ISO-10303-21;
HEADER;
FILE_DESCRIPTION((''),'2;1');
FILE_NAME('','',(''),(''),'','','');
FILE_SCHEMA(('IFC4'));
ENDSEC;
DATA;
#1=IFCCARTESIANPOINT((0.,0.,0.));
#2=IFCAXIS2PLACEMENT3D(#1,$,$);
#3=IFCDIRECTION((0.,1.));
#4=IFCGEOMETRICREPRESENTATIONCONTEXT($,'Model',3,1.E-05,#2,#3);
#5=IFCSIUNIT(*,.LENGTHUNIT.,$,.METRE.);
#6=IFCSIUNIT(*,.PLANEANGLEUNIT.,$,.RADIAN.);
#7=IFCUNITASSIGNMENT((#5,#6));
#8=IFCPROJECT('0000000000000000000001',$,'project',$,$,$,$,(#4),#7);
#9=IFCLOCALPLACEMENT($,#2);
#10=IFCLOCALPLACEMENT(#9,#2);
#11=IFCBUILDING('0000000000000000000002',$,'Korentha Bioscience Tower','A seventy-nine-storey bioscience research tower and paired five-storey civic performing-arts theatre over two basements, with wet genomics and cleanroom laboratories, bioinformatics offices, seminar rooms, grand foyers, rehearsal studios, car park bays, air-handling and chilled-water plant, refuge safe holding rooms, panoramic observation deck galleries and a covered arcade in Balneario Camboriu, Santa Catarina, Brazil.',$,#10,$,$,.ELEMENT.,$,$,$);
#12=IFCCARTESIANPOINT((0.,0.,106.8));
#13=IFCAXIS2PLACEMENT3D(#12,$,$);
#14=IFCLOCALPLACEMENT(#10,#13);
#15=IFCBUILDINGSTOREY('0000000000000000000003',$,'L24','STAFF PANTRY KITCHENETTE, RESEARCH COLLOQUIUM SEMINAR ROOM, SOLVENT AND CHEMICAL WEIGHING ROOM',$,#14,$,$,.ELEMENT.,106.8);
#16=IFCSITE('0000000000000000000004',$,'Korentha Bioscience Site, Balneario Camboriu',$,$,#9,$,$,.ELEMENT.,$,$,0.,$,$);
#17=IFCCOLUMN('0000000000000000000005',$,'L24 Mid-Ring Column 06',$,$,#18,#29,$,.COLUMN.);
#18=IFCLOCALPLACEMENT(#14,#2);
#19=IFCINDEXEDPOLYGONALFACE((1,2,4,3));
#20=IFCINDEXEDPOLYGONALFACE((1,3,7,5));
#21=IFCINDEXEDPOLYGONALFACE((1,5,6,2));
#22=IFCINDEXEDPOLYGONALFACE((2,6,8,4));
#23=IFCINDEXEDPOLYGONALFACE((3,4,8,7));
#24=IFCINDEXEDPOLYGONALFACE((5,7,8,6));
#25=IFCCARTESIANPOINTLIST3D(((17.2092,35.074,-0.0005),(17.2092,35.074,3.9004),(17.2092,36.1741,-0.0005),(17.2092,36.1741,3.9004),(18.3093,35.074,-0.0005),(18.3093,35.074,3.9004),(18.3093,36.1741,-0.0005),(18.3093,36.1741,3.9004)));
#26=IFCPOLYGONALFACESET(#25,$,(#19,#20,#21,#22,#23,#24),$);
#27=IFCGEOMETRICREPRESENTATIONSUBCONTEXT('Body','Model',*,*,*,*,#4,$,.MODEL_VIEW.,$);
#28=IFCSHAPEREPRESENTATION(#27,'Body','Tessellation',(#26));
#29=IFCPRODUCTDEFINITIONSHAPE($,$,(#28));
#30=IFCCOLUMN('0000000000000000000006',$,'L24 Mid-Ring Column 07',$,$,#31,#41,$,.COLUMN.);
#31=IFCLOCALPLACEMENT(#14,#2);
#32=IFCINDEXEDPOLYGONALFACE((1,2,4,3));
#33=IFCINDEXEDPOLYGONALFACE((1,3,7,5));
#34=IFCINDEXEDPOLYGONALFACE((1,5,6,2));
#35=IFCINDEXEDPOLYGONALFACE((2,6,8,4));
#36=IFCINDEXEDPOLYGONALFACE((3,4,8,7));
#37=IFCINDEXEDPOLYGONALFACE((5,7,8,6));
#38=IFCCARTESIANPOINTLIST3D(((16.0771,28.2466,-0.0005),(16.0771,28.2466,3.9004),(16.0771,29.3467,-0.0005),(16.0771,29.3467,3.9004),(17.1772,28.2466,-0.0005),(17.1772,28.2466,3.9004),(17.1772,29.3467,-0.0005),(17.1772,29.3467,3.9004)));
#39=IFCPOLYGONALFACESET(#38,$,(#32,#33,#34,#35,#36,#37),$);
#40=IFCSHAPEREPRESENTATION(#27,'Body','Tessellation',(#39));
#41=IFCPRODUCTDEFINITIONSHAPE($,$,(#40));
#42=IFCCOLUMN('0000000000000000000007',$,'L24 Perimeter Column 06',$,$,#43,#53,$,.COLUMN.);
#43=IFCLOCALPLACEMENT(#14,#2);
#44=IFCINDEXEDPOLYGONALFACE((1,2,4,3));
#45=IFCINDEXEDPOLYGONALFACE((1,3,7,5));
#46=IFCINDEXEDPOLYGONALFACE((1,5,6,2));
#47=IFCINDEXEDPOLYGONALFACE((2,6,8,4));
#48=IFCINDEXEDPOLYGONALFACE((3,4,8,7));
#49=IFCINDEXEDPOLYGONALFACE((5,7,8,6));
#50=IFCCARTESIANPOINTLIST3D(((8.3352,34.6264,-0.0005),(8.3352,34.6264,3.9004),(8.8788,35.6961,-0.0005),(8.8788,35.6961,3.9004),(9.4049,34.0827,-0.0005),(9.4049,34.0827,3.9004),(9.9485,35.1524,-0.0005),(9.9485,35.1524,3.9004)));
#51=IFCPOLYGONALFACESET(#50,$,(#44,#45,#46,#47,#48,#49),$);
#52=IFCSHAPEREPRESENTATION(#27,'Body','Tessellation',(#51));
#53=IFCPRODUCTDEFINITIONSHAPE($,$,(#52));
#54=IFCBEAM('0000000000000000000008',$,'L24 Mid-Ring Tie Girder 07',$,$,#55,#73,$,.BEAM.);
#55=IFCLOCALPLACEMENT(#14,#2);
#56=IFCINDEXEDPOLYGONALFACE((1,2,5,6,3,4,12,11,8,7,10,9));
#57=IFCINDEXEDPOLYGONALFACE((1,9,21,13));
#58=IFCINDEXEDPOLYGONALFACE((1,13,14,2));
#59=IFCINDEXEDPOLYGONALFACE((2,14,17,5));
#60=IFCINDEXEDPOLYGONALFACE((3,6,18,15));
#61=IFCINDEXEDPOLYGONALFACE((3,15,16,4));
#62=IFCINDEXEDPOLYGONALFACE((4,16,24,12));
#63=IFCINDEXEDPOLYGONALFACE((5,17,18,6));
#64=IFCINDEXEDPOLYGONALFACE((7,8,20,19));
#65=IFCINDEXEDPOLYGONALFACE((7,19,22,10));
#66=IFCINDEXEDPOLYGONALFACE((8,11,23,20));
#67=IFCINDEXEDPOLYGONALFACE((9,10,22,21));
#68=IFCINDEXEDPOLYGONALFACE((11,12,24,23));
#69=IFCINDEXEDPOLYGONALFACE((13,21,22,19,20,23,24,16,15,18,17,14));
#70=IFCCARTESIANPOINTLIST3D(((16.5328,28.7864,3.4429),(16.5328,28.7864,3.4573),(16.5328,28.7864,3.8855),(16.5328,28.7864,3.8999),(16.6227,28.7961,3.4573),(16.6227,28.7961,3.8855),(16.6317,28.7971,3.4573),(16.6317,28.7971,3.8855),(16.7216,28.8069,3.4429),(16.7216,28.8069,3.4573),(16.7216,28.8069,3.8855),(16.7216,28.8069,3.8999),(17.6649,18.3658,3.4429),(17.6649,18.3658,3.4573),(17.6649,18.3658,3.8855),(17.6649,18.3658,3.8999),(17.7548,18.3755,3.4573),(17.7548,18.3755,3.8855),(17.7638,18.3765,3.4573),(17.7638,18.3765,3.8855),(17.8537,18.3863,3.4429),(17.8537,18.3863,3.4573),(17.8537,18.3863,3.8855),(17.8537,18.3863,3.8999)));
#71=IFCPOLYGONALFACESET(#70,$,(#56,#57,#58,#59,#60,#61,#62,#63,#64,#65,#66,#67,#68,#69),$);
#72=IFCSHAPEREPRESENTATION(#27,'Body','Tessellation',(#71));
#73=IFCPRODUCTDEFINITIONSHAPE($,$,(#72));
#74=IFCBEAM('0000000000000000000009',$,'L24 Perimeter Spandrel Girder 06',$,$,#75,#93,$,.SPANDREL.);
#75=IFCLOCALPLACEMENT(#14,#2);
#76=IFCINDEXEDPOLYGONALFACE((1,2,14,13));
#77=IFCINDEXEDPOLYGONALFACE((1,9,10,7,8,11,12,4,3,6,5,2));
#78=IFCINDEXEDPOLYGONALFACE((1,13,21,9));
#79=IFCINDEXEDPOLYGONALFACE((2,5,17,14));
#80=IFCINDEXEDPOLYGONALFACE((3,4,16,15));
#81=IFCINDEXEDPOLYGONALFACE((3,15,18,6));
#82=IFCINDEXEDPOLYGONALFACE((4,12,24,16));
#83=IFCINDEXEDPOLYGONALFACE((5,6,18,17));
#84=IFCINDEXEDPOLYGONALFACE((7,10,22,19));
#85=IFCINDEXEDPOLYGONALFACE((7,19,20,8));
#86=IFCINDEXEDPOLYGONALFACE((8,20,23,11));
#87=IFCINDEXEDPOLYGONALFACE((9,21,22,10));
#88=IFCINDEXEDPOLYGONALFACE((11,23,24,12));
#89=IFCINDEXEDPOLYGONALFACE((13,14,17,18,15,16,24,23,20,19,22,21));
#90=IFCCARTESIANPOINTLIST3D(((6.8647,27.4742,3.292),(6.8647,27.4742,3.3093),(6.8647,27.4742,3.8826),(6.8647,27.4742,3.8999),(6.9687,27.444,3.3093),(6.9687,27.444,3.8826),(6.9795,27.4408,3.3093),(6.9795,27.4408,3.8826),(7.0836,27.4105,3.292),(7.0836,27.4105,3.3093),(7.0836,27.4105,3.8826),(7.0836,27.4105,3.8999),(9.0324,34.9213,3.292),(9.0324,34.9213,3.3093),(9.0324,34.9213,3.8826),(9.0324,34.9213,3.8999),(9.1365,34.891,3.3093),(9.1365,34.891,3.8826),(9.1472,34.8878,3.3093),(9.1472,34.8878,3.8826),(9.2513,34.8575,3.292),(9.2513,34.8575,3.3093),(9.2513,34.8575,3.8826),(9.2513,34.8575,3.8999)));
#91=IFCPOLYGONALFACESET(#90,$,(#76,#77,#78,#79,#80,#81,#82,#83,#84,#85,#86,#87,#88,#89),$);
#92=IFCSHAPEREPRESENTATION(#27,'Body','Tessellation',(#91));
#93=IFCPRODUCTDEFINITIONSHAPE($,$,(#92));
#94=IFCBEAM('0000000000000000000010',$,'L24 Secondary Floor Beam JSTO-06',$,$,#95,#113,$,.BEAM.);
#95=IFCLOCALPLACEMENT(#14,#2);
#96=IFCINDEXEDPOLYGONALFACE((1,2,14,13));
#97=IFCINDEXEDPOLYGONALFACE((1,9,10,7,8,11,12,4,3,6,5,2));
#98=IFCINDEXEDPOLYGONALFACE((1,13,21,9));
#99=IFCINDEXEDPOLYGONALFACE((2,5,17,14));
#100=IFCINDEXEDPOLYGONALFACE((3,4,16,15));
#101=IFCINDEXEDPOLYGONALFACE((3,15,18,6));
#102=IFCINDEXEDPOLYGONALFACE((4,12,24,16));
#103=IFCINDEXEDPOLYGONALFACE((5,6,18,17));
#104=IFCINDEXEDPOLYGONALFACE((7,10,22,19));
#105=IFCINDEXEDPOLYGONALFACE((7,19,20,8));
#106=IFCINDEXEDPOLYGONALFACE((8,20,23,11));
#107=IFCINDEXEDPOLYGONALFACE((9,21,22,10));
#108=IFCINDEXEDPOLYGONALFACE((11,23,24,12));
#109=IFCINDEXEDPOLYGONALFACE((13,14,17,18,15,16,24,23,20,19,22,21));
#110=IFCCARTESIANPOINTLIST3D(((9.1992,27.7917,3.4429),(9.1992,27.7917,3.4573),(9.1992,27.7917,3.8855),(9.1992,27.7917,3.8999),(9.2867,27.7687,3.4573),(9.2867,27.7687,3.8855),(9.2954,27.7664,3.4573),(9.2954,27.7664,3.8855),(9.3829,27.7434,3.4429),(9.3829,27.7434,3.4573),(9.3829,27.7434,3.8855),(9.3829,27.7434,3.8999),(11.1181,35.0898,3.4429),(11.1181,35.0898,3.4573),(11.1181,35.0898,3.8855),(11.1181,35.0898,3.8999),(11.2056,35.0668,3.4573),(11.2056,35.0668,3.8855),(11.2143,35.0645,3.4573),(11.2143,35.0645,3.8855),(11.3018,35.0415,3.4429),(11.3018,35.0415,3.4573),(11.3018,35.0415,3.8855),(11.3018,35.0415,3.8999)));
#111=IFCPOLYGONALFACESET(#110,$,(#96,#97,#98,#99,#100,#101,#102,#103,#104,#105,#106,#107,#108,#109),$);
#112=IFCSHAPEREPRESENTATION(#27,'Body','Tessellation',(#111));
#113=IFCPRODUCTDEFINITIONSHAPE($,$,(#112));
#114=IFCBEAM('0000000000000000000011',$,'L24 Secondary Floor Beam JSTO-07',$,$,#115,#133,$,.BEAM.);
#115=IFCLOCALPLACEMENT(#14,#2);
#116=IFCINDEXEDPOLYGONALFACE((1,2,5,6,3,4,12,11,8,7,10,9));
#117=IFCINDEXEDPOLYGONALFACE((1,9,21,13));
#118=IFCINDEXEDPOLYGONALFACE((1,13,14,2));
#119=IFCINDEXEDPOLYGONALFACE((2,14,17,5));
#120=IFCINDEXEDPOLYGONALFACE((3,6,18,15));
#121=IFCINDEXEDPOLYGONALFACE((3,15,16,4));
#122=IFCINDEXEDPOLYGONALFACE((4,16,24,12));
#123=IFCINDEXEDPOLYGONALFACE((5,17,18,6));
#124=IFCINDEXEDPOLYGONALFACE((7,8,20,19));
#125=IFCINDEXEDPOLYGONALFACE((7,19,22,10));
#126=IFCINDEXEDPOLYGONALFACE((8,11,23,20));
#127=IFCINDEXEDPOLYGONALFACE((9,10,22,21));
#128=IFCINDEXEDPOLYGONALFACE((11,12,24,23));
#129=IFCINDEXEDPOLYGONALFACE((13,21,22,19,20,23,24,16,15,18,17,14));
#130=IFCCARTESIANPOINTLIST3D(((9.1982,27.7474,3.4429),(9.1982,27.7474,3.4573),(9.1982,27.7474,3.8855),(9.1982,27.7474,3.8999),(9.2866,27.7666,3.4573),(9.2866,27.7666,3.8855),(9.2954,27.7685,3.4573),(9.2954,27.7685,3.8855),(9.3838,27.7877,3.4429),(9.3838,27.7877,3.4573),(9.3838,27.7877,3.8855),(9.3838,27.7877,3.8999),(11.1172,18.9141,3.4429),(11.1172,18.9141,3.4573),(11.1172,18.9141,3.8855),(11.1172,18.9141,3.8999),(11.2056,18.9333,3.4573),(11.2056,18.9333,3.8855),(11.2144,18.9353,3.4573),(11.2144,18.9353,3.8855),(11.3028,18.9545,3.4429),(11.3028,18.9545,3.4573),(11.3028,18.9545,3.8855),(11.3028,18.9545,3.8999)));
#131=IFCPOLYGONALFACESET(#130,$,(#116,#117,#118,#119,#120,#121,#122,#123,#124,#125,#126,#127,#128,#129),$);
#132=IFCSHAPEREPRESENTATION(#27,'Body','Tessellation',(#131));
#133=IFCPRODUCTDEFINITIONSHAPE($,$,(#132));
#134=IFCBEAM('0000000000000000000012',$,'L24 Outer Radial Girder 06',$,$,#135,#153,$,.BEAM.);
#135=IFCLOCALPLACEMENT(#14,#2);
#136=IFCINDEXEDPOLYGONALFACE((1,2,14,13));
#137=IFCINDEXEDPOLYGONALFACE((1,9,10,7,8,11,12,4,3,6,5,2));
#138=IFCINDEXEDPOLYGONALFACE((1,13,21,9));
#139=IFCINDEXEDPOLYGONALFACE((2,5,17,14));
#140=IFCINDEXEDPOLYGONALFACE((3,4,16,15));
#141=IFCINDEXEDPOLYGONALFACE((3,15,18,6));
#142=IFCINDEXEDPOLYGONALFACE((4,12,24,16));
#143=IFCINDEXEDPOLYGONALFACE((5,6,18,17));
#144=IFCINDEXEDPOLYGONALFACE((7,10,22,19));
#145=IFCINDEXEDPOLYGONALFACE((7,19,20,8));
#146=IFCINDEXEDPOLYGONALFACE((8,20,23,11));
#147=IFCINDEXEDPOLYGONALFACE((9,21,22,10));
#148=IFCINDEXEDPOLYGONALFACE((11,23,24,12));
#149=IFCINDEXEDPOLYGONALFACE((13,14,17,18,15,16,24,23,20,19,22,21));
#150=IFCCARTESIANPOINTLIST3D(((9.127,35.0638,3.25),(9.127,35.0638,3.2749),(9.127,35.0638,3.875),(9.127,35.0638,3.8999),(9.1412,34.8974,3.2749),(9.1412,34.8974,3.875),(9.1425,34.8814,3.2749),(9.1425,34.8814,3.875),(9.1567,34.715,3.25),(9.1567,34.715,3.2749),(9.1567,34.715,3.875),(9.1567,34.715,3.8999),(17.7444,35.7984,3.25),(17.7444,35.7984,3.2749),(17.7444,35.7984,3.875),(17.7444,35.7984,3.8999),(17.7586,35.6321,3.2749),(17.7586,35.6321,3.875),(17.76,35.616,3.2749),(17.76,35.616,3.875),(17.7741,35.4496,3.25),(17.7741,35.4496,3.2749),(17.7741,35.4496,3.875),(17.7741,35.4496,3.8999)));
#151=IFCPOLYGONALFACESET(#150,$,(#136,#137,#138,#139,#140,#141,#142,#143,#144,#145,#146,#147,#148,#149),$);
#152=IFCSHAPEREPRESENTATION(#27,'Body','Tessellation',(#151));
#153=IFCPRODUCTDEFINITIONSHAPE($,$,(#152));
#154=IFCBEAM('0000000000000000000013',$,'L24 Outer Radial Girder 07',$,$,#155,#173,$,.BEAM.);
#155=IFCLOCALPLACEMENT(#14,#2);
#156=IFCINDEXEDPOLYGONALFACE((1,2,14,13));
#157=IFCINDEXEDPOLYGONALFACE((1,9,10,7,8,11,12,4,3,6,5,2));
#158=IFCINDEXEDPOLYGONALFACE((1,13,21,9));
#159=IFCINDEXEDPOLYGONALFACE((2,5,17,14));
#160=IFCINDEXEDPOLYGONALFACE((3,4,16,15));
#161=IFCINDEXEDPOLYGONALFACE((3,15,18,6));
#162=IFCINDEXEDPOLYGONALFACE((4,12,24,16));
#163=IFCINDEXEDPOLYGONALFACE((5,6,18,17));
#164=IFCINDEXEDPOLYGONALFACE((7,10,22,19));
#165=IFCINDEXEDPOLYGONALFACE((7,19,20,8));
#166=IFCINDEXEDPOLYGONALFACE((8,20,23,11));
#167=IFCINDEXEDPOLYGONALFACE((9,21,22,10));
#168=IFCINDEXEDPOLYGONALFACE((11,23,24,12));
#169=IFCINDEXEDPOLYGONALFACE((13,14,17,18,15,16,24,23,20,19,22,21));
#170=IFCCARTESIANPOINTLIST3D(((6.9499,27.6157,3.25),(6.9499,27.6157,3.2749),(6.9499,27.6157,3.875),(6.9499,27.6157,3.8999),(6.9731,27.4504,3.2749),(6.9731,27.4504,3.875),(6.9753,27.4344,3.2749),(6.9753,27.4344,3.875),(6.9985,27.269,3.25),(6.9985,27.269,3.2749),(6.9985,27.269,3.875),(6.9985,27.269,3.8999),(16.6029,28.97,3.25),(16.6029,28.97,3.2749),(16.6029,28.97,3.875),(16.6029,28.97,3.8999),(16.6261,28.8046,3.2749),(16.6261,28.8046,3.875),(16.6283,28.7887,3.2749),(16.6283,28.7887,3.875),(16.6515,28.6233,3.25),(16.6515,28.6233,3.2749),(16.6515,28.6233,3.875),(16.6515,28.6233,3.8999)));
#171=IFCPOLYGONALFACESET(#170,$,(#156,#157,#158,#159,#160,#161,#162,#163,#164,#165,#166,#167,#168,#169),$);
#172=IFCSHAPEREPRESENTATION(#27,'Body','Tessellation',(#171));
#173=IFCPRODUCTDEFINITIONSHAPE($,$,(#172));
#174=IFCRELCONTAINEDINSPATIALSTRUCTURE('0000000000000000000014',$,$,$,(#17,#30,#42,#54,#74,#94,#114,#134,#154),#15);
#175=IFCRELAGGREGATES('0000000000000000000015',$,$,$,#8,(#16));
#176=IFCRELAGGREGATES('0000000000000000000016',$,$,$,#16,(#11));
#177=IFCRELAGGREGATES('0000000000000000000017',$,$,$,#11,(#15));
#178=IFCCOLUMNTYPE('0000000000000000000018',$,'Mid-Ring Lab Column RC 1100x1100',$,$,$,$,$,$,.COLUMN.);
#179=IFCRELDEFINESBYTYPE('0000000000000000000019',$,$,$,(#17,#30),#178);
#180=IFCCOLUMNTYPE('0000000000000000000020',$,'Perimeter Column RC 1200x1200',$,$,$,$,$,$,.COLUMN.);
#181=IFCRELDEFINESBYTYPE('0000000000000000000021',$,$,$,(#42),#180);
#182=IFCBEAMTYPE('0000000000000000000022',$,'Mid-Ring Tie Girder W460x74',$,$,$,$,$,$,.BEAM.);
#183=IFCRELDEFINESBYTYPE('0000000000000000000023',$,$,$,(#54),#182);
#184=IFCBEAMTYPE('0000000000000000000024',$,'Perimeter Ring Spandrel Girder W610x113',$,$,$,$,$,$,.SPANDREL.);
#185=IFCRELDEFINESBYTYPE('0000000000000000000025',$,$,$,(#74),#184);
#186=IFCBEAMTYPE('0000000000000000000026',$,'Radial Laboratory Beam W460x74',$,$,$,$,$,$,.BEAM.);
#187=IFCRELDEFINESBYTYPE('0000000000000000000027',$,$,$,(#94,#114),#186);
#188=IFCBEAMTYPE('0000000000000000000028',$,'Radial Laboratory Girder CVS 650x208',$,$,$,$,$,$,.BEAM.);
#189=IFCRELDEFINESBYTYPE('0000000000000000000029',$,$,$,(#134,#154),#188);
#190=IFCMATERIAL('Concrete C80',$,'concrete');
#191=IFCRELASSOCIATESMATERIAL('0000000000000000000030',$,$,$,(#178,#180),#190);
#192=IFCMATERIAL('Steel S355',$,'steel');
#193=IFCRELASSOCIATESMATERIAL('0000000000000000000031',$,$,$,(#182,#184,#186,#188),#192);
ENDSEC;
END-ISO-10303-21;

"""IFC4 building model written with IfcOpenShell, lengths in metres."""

from ifc_helpers import new_model, si_unit, direction, frame, origin, origin_2d, place, context, subcontext, project, spatial, rectangle, i_section, extrude, material, material_profile, profile_set, type_object, element, save


model = new_model("IFC4")

# Units and contexts
model_context = context("Model", 3, precision=1e-05, world=origin(), true_north=direction((0.0, 1.0)))
body_context = subcontext(model_context, "Body", "Model", "MODEL_VIEW")
ifc_project = project(units=[si_unit("LENGTHUNIT", "METRE"), si_unit("PLANEANGLEUNIT", "RADIAN")], contexts=[model_context])

# Site, building, storey
site_placement = place(None, origin())
site = spatial("IfcSite", under=ifc_project, at=site_placement, Name="Korentha Bioscience Site, Balneario Camboriu", CompositionType="ELEMENT", RefElevation=0.0)
building_placement = place(site_placement, origin())
building = spatial("IfcBuilding", under=site, at=building_placement, Name="Korentha Bioscience Tower", Description="A seventy-nine-storey bioscience research tower and paired five-storey civic performing-arts theatre over two basements, with wet genomics and cleanroom laboratories, bioinformatics offices, seminar rooms, grand foyers, rehearsal studios, car park bays, air-handling and chilled-water plant, refuge safe holding rooms, panoramic observation deck galleries and a covered arcade in Balneario Camboriu, Santa Catarina, Brazil.", CompositionType="ELEMENT")
storey_placement = place(building_placement, frame((0.0, 0.0, 106.8)))
storey = spatial("IfcBuildingStorey", under=building, at=storey_placement, Name="L24", Description="STAFF PANTRY KITCHENETTE, RESEARCH COLLOQUIUM SEMINAR ROOM, SOLVENT AND CHEMICAL WEIGHING ROOM", CompositionType="ELEMENT", Elevation=106.8)

# Columns
ifc_material_1 = material(Name="Concrete C80", Category="concrete")
ifc_material_profile_1 = material_profile(ifc_material_1, rectangle(XDim=1.1001, YDim=1.1001, at=origin_2d()), Name="Concrete C80")
ifc_profile_set_1 = profile_set([ifc_material_profile_1], Name="Concrete C80 (COL-MR11)")
column_type_1 = type_object("IfcColumnType", Name="Mid-Ring Lab Column RC 1100x1100", PredefinedType="COLUMN", material=ifc_profile_set_1)
for number, where, z_axis, x_axis, name in (
    (1, (17.7593, 35.624, -0.0005), (0.0, 0.0, 1.0), (1.0, 0.0, 0.0), "L24 Mid-Ring Column 06"),
    (2, (16.6272, 28.7966, -0.0005), (0.0, 0.0, 1.0), (1.0, 0.0, 0.0), "L24 Mid-Ring Column 07"),
):
    element("IfcColumn", number, at=place(storey_placement, frame(where, z_axis=z_axis, x_axis=x_axis)), inside=storey, type_object=column_type_1, Name=name, PredefinedType="COLUMN", context=body_context, shape_type="SweptSolid", body=[
        extrude(rectangle(XDim=1.1001, YDim=1.1001, at=origin_2d()), origin(), (0.0, 0.0, 1.0), 3.9009),
    ])
ifc_material_profile_2 = material_profile(ifc_material_1, rectangle(XDim=1.2, YDim=1.2, at=origin_2d()), Name="Concrete C80")
ifc_profile_set_2 = profile_set([ifc_material_profile_2], Name="Concrete C80 (COL-P12)")
column_type_2 = type_object("IfcColumnType", Name="Perimeter Column RC 1200x1200", PredefinedType="COLUMN", material=ifc_profile_set_2)
column_placement = place(storey_placement, frame((9.1418, 34.8894, -0.0005), z_axis=(0.0, 0.0, 1.0), x_axis=(0.453057, 0.891481, 0.0)))
element("IfcColumn", 3, at=column_placement, inside=storey, type_object=column_type_2, Name="L24 Perimeter Column 06", PredefinedType="COLUMN", context=body_context, shape_type="SweptSolid", body=[
    extrude(rectangle(XDim=1.2, YDim=1.2, at=origin_2d()), origin(), (0.0, 0.0, 1.0), 3.9009),
])

# Beams
ifc_material_2 = material(Name="Steel S355", Category="steel")
ifc_material_profile_3 = material_profile(ifc_material_2, i_section(OverallWidth=0.1899, OverallDepth=0.457, WebThickness=0.009, FlangeThickness=0.0144, at=origin_2d()), Name="Steel S355")
ifc_profile_set_3 = profile_set([ifc_material_profile_3], Name="Steel S355 (MB-460)")
beam_type_1 = type_object("IfcBeamType", Name="Mid-Ring Tie Girder W460x74", PredefinedType="BEAM", material=ifc_profile_set_3)
beam_1_placement = place(storey_placement, frame((16.6272, 28.7966, 3.6714), z_axis=(0.108003, -0.994151, 0.0), x_axis=(0.994151, 0.108003, 0.0)))
element("IfcBeam", 4, at=beam_1_placement, inside=storey, type_object=beam_type_1, Name="L24 Mid-Ring Tie Girder 07", PredefinedType="BEAM", context=body_context, shape_type="SweptSolid", body=[
    extrude(i_section(OverallWidth=0.1899, OverallDepth=0.457, WebThickness=0.009, FlangeThickness=0.0144, at=origin_2d()), origin(), (0.0, 0.0, 1.0), 10.4819),
])
ifc_material_profile_4 = material_profile(ifc_material_2, i_section(OverallWidth=0.228, OverallDepth=0.6079, WebThickness=0.0112, FlangeThickness=0.0173, at=origin_2d()), Name="Steel S355")
ifc_profile_set_4 = profile_set([ifc_material_profile_4], Name="Steel S355 (SB-610)")
beam_type_2 = type_object("IfcBeamType", Name="Perimeter Ring Spandrel Girder W610x113", PredefinedType="SPANDREL", material=ifc_profile_set_4)
beam_2_placement = place(storey_placement, frame((9.1418, 34.8894, 3.5959), z_axis=(-0.279486, -0.96015, 0.0), x_axis=(0.96015, -0.279486, 0.0)))
element("IfcBeam", 5, at=beam_2_placement, inside=storey, type_object=beam_type_2, Name="L24 Perimeter Spandrel Girder 06", PredefinedType="SPANDREL", context=body_context, shape_type="SweptSolid", body=[
    extrude(i_section(OverallWidth=0.228, OverallDepth=0.6079, WebThickness=0.0112, FlangeThickness=0.0173, at=origin_2d()), origin(), (0.0, 0.0, 1.0), 7.7561),
])
ifc_material_profile_5 = material_profile(ifc_material_2, i_section(OverallWidth=0.1899, OverallDepth=0.457, WebThickness=0.009, FlangeThickness=0.0144, at=origin_2d()), Name="Steel S355")
ifc_profile_set_5 = profile_set([ifc_material_profile_5], Name="Steel S355 (RB-460)")
beam_type_3 = type_object("IfcBeamType", Name="Radial Laboratory Beam W460x74", PredefinedType="BEAM", material=ifc_profile_set_5)
beam_3_placement = place(storey_placement, frame((11.21, 35.0657, 3.6714), z_axis=(-0.254294, -0.967127, 0.0), x_axis=(0.967127, -0.254294, 0.0)))
element("IfcBeam", 6, at=beam_3_placement, inside=storey, type_object=beam_type_3, Name="L24 Secondary Floor Beam JSTO-06", PredefinedType="BEAM", context=body_context, shape_type="SweptSolid", body=[
    extrude(i_section(OverallWidth=0.1899, OverallDepth=0.457, WebThickness=0.009, FlangeThickness=0.0144, at=origin_2d()), origin(), (0.0, 0.0, 1.0), 7.5461),
])
beam_4_placement = place(storey_placement, frame((9.291, 27.7676, 3.6714), z_axis=(0.212289, -0.977207, 0.0), x_axis=(0.977207, 0.212289, 0.0)))
element("IfcBeam", 7, at=beam_4_placement, inside=storey, type_object=beam_type_3, Name="L24 Secondary Floor Beam JSTO-07", PredefinedType="BEAM", context=body_context, shape_type="SweptSolid", body=[
    extrude(i_section(OverallWidth=0.1899, OverallDepth=0.457, WebThickness=0.009, FlangeThickness=0.0144, at=origin_2d()), origin(), (0.0, 0.0, 1.0), 9.0393),
])
ifc_material_profile_6 = material_profile(ifc_material_2, i_section(OverallWidth=0.3501, OverallDepth=0.6499, WebThickness=0.0161, FlangeThickness=0.0249, at=origin_2d()), Name="Steel S355")
ifc_profile_set_6 = profile_set([ifc_material_profile_6], Name="Steel S355 (RB-650)")
beam_type_4 = type_object("IfcBeamType", Name="Radial Laboratory Girder CVS 650x208", PredefinedType="BEAM", material=ifc_profile_set_6)
beam_5_placement = place(storey_placement, frame((17.7593, 35.624, 3.575), z_axis=(-0.996386, -0.08494, 0.0), x_axis=(0.08494, -0.996386, 0.0)))
element("IfcBeam", 8, at=beam_5_placement, inside=storey, type_object=beam_type_4, Name="L24 Outer Radial Girder 06", PredefinedType="BEAM", context=body_context, shape_type="SweptSolid", body=[
    extrude(i_section(OverallWidth=0.3501, OverallDepth=0.6499, WebThickness=0.0161, FlangeThickness=0.0249, at=origin_2d()), origin(), (0.0, 0.0, 1.0), 8.6487),
])
beam_6_placement = place(storey_placement, frame((16.6272, 28.7966, 3.575), z_axis=(-0.990302, -0.138931, 0.0), x_axis=(0.138931, -0.990302, 0.0)))
element("IfcBeam", 9, at=beam_6_placement, inside=storey, type_object=beam_type_4, Name="L24 Outer Radial Girder 07", PredefinedType="BEAM", context=body_context, shape_type="SweptSolid", body=[
    extrude(i_section(OverallWidth=0.3501, OverallDepth=0.6499, WebThickness=0.0161, FlangeThickness=0.0249, at=origin_2d()), origin(), (0.0, 0.0, 1.0), 9.7476),
])

save(model, "model.ifc")
